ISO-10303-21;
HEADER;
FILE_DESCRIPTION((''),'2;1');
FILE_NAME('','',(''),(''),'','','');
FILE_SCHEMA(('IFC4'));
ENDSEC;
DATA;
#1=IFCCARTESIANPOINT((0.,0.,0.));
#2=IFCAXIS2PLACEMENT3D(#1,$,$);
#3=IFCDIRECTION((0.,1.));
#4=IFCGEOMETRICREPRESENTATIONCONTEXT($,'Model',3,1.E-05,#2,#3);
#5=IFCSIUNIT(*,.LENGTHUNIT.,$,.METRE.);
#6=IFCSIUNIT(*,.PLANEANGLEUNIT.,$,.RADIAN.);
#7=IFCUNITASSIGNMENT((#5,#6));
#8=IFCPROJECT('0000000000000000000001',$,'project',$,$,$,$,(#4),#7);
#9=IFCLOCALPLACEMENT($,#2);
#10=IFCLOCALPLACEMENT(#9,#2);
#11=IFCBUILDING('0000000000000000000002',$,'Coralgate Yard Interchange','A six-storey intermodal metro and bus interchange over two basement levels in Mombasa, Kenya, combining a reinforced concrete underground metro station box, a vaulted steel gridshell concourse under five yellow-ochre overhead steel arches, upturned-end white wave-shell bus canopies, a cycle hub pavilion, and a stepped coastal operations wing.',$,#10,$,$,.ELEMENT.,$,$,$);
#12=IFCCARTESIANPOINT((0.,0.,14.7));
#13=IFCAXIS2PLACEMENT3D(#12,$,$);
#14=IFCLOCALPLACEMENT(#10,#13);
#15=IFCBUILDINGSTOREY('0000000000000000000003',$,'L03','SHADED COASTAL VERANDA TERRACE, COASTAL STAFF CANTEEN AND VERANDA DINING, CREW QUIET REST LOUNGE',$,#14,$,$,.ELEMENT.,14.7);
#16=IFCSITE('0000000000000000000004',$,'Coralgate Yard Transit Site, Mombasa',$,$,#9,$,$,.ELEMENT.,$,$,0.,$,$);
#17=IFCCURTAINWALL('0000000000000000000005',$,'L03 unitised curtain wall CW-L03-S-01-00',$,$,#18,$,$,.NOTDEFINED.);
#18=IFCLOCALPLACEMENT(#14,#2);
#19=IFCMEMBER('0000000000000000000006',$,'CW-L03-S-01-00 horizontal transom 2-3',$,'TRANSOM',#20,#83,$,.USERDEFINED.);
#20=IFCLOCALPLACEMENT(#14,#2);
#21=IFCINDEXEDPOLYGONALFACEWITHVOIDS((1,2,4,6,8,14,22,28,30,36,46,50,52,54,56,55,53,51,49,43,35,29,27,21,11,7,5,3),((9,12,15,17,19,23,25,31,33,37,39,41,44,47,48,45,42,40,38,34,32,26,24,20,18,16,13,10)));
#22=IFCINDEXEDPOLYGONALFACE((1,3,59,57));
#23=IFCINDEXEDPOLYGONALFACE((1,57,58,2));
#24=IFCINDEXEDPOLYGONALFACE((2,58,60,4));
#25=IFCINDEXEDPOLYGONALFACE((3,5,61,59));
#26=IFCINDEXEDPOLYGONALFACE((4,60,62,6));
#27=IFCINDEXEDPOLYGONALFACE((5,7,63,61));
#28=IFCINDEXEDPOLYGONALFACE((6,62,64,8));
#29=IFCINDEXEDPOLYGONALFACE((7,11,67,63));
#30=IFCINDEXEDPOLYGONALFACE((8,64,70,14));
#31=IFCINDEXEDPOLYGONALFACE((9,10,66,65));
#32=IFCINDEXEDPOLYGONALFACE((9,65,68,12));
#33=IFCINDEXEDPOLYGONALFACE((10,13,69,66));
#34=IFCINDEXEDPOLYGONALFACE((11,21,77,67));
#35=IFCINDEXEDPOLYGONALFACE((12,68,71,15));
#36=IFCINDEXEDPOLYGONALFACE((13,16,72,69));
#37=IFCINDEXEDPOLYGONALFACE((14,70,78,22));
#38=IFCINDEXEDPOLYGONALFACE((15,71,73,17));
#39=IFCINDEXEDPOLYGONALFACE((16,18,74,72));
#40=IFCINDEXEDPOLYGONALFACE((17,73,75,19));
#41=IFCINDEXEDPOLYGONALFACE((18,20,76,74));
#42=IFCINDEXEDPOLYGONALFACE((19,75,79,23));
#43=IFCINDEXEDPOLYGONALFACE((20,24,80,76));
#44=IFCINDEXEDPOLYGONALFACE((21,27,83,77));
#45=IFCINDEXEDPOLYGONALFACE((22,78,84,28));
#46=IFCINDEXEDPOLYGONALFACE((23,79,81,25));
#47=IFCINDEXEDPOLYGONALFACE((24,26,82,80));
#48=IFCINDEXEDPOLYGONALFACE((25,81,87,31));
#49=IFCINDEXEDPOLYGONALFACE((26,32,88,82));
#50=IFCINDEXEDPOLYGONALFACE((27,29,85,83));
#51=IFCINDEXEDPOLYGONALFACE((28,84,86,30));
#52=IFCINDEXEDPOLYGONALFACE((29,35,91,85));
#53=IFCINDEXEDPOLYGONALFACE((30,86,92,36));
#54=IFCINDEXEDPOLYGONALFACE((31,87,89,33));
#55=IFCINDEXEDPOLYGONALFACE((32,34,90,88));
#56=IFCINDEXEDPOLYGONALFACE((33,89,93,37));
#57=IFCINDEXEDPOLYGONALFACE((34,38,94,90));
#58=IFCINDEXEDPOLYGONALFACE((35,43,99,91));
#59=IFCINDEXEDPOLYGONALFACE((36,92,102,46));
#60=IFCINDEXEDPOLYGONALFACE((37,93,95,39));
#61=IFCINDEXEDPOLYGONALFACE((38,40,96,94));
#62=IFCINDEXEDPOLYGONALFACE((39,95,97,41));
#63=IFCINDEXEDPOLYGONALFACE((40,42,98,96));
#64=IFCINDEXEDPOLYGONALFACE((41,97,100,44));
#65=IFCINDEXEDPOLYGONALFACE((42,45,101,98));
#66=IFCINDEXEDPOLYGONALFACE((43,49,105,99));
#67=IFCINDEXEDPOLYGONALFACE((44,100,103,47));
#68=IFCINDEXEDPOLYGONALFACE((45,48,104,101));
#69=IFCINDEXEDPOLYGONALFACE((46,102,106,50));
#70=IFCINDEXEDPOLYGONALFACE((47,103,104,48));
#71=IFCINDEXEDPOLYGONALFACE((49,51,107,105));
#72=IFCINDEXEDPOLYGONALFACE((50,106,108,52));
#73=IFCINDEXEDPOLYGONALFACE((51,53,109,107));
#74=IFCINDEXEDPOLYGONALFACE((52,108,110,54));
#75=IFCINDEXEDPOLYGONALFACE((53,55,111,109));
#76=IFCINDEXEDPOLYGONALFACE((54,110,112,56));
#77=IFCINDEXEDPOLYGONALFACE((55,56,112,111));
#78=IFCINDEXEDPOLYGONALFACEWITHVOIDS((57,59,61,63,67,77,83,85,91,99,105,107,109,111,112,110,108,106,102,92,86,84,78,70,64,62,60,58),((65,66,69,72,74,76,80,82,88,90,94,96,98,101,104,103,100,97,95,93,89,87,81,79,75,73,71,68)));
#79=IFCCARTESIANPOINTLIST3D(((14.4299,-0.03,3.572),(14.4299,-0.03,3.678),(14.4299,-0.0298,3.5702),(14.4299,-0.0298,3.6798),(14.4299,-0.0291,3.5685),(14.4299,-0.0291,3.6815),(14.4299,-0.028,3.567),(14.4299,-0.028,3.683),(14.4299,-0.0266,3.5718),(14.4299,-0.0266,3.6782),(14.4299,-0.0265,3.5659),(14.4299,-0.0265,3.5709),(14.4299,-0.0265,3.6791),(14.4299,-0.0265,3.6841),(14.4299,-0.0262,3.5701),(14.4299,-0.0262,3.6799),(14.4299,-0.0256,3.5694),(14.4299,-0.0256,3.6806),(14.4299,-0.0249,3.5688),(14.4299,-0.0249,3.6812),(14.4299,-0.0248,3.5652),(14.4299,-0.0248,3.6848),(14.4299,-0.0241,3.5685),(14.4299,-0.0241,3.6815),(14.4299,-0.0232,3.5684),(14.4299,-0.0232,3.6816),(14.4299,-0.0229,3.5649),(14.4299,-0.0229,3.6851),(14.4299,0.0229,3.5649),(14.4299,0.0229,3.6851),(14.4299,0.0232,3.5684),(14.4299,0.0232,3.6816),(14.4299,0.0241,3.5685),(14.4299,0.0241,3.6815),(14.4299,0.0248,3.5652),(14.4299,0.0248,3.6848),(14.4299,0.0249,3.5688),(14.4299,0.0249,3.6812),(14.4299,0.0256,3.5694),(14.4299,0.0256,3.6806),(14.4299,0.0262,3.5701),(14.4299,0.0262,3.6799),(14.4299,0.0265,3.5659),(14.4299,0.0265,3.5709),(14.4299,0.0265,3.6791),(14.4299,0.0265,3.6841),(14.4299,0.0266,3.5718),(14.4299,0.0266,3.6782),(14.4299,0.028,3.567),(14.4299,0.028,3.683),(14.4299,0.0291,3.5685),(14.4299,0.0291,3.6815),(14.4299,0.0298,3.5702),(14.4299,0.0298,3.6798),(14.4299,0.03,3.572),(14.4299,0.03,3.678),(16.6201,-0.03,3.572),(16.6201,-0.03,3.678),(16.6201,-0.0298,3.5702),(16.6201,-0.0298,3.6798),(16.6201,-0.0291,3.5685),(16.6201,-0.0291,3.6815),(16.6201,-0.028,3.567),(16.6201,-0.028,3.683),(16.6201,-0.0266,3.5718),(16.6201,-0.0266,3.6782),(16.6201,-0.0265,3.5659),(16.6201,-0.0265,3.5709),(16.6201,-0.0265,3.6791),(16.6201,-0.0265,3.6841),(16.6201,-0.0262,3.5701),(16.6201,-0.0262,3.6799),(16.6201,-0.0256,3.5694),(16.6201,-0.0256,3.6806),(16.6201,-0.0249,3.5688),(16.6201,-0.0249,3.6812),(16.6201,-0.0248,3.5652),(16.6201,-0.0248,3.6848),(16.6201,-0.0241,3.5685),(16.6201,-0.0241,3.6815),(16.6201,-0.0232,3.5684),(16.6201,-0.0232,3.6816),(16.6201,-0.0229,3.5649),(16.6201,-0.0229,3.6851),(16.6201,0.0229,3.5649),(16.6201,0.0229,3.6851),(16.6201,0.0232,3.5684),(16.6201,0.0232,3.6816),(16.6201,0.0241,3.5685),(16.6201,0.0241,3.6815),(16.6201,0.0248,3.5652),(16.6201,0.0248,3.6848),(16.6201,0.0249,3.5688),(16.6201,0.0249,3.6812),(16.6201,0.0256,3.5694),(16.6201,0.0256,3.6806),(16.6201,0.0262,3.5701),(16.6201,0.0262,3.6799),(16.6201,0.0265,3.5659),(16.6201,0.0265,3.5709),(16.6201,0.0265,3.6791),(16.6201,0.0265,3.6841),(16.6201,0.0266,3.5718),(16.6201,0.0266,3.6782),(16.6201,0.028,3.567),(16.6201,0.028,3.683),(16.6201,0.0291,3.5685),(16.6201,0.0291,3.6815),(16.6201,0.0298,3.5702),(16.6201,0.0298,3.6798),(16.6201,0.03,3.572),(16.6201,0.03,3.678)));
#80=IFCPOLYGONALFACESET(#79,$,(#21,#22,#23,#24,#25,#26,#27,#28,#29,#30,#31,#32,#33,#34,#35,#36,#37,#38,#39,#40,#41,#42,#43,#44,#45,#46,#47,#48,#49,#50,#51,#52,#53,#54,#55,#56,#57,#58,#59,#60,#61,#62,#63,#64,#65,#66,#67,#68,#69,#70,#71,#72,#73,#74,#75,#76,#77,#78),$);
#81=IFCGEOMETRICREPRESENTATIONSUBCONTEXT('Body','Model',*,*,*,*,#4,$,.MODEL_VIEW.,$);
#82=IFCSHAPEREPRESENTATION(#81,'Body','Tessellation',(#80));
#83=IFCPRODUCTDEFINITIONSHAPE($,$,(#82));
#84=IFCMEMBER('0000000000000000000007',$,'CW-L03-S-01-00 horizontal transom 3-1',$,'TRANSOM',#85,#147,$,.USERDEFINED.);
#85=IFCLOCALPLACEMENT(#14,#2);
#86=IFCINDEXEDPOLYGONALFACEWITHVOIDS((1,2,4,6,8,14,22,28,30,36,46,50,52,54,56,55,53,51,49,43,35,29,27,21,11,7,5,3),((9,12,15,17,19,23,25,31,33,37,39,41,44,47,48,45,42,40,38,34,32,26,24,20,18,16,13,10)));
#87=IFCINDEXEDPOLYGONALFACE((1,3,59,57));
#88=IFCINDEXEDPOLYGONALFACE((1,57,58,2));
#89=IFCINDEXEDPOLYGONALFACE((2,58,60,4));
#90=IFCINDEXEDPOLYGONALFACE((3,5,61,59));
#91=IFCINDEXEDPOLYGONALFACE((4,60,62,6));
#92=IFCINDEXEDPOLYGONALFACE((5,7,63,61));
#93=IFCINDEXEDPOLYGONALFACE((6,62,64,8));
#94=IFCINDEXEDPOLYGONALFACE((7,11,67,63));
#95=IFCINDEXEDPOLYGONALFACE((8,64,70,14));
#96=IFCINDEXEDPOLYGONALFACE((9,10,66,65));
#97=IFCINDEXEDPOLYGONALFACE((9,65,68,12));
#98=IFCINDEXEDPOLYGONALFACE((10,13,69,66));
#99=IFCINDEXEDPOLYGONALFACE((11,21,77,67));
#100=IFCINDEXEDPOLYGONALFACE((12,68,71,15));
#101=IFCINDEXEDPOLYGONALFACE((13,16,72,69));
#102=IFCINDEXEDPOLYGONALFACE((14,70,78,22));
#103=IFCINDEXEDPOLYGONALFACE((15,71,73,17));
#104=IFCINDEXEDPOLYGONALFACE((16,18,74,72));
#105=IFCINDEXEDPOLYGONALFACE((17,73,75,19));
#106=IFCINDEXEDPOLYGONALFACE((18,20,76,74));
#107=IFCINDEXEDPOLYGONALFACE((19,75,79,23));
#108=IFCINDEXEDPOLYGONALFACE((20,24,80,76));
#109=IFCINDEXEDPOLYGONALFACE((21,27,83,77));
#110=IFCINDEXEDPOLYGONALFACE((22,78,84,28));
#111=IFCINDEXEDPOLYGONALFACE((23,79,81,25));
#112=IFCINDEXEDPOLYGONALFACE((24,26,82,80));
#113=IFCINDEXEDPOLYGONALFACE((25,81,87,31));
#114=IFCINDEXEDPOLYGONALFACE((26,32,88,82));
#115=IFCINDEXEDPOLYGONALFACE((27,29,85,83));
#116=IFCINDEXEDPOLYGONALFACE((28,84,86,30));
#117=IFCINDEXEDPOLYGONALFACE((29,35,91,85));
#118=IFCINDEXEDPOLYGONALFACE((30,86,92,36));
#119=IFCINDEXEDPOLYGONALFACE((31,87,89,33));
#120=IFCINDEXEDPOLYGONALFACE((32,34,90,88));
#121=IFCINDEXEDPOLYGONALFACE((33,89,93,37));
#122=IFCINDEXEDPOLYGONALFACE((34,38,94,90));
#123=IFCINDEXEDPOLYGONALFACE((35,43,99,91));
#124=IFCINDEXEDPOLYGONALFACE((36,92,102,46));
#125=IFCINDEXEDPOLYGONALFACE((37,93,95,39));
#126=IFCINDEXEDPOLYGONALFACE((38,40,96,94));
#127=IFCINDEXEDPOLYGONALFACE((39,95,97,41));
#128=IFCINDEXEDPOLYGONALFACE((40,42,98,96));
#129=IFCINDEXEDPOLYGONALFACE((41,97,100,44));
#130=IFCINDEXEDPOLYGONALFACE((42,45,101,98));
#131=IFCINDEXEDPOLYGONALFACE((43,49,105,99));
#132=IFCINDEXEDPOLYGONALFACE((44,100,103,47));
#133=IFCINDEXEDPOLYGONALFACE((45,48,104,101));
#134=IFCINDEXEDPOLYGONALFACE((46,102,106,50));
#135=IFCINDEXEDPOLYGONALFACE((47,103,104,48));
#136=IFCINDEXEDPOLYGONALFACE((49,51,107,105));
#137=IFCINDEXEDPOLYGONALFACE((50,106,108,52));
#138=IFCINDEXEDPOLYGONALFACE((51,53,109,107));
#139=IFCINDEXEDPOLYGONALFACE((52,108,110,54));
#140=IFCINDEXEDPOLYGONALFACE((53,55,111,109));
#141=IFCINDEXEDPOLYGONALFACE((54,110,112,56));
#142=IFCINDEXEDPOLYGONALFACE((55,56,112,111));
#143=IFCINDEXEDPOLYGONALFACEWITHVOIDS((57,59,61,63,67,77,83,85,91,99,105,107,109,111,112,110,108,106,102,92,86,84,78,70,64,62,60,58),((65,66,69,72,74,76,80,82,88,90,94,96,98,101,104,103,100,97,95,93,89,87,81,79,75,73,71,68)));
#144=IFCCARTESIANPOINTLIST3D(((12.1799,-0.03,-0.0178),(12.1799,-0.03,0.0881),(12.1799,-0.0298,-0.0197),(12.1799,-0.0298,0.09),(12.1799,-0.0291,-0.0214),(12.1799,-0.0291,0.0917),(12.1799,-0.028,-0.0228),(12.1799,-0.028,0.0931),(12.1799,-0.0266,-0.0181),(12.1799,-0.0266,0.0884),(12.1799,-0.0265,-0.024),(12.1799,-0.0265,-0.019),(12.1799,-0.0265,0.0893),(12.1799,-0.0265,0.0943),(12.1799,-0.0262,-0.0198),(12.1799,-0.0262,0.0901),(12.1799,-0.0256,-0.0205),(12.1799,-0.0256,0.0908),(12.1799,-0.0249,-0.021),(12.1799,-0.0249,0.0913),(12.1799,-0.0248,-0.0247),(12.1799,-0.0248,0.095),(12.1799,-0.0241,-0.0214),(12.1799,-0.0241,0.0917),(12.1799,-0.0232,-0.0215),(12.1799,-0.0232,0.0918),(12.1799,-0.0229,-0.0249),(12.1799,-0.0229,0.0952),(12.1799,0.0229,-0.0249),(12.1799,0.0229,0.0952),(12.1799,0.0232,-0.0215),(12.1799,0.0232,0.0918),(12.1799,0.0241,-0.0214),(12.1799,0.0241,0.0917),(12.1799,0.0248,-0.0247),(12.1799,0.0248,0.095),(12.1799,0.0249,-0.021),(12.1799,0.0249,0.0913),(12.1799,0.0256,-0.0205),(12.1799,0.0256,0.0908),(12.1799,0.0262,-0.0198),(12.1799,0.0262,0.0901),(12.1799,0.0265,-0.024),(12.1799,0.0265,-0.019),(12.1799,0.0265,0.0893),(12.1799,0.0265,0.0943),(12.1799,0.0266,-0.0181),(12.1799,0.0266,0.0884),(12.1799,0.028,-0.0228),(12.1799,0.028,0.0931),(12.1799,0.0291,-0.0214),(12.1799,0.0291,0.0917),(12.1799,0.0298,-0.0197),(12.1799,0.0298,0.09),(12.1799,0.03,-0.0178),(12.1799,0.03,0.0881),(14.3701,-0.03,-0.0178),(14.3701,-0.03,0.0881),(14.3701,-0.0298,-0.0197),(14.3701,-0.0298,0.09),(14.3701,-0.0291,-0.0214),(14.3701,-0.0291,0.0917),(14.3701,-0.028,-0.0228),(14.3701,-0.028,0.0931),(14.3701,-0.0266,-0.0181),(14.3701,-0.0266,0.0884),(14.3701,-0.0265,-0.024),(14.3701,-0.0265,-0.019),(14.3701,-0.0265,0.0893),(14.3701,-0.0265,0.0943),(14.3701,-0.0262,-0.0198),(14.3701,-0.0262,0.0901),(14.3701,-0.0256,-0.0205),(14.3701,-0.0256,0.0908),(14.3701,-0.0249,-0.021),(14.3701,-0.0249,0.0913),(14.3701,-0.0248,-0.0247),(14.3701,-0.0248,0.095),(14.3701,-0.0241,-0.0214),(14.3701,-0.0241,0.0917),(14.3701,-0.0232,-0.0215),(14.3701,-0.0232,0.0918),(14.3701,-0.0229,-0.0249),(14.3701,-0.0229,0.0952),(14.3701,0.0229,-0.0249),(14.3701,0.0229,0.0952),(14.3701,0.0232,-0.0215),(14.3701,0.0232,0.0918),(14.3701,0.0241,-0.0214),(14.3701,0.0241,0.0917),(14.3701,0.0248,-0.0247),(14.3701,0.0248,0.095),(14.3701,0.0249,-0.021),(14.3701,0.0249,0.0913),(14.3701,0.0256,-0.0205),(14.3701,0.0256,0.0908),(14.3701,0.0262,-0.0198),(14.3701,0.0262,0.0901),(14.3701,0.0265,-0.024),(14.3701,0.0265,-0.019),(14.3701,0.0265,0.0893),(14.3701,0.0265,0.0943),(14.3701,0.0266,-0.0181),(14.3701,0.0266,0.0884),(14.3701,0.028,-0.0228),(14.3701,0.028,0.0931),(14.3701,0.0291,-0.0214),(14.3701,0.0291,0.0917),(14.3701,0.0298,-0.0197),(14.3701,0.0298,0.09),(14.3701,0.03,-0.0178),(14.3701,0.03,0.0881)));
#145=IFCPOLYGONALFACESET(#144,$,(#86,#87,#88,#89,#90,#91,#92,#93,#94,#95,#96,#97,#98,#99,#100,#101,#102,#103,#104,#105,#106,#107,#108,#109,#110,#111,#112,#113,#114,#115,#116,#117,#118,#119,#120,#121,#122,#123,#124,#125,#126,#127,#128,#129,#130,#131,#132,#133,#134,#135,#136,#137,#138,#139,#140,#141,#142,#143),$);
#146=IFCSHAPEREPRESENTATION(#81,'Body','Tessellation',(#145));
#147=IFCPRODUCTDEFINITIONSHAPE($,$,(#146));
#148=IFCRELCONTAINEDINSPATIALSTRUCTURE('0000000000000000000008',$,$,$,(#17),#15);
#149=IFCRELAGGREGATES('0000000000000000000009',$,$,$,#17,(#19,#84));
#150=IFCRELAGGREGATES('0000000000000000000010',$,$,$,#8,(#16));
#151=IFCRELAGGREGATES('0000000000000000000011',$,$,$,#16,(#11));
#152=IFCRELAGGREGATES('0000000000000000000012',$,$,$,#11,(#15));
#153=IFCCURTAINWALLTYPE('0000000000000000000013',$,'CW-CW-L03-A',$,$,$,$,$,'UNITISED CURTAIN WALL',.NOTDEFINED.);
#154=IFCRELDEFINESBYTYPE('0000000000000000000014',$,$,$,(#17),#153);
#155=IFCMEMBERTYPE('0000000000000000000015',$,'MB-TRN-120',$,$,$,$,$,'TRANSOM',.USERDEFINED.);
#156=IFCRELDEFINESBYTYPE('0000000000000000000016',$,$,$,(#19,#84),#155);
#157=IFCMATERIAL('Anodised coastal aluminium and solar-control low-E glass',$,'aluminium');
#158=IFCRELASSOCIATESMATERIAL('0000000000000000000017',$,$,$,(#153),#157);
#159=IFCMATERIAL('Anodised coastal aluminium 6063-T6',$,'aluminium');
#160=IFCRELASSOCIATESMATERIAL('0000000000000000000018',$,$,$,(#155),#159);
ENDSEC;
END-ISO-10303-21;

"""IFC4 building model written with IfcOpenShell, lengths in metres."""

from ifc_helpers import new_model, si_unit, direction, frame, origin, origin_2d, place, context, subcontext, project, spatial, hollow_rectangle, extrude, material, material_profile, profile_set, type_object, element, aggregate, save


model = new_model("IFC4")

# Units and contexts
model_context = context("Model", 3, precision=1e-05, world=origin(), true_north=direction((0.0, 1.0)))
body_context = subcontext(model_context, "Body", "Model", "MODEL_VIEW")
ifc_project = project(units=[si_unit("LENGTHUNIT", "METRE"), si_unit("PLANEANGLEUNIT", "RADIAN")], contexts=[model_context])

# Site, building, storey
site_placement = place(None, origin())
site = spatial("IfcSite", under=ifc_project, at=site_placement, Name="Coralgate Yard Transit Site, Mombasa", CompositionType="ELEMENT", RefElevation=0.0)
building_placement = place(site_placement, origin())
building = spatial("IfcBuilding", under=site, at=building_placement, Name="Coralgate Yard Interchange", Description="A six-storey intermodal metro and bus interchange over two basement levels in Mombasa, Kenya, combining a reinforced concrete underground metro station box, a vaulted steel gridshell concourse under five yellow-ochre overhead steel arches, upturned-end white wave-shell bus canopies, a cycle hub pavilion, and a stepped coastal operations wing.", CompositionType="ELEMENT")
storey_placement = place(building_placement, frame((0.0, 0.0, 14.7)))
storey = spatial("IfcBuildingStorey", under=building, at=storey_placement, Name="L03", Description="SHADED COASTAL VERANDA TERRACE, COASTAL STAFF CANTEEN AND VERANDA DINING, CREW QUIET REST LOUNGE", CompositionType="ELEMENT", Elevation=14.7)

# Curtain wall, members
ifc_material_1 = material(Name="Anodised coastal aluminium and solar-control low-E glass", Category="aluminium")
curtain_wall_type = type_object("IfcCurtainWallType", Name="CW-CW-L03-A", ElementType="UNITISED CURTAIN WALL", PredefinedType="NOTDEFINED", material=ifc_material_1)
curtain_wall_placement = place(storey_placement, origin())
curtain_wall = element("IfcCurtainWall", 1, at=curtain_wall_placement, inside=storey, type_object=curtain_wall_type, Name="L03 unitised curtain wall CW-L03-S-01-00", PredefinedType="NOTDEFINED")
ifc_material_2 = material(Name="Anodised coastal aluminium 6063-T6", Category="aluminium")
ifc_material_profile_1 = material_profile(ifc_material_2, hollow_rectangle(XDim=0.0601, YDim=0.1201, WallThickness=0.0034, InnerFilletRadius=0.0034, OuterFilletRadius=0.0071, at=origin_2d()), Name="ALU 60x120x3.5")
ifc_profile_set_1 = profile_set([ifc_material_profile_1], Name="Anodised coastal aluminium 6063-T6")
member_type_1 = type_object("IfcMemberType", Name="MB-TRN-120", ElementType="TRANSOM", PredefinedType="USERDEFINED", material=ifc_profile_set_1)
member_1_placement = place(storey_placement, frame((16.6201, 0.0, 3.625), z_axis=(-1.0, 0.0, 0.0), x_axis=(0.0, -1.0, 0.0)))
member_1 = element("IfcMember", 2, at=member_1_placement, type_object=member_type_1, Name="CW-L03-S-01-00 horizontal transom 2-3", ObjectType="TRANSOM", PredefinedType="USERDEFINED", context=body_context, shape_type="SweptSolid", body=[
    extrude(hollow_rectangle(XDim=0.0601, YDim=0.1201, WallThickness=0.0034, InnerFilletRadius=0.0034, OuterFilletRadius=0.0071, at=origin_2d()), origin(), (0.0, 0.0, 1.0), 2.1902),
])
member_2_placement = place(storey_placement, frame((14.3701, 0.0, 0.0352), z_axis=(-1.0, 0.0, 0.0), x_axis=(0.0, -1.0, 0.0)))
member_2 = element("IfcMember", 3, at=member_2_placement, type_object=member_type_1, Name="CW-L03-S-01-00 horizontal transom 3-1", ObjectType="TRANSOM", PredefinedType="USERDEFINED", context=body_context, shape_type="SweptSolid", body=[
    extrude(hollow_rectangle(XDim=0.0601, YDim=0.1201, WallThickness=0.0034, InnerFilletRadius=0.0034, OuterFilletRadius=0.0071, at=origin_2d()), origin(), (0.0, 0.0, 1.0), 2.1902),
])
aggregate(curtain_wall, [member_1, member_2])

save(model, "model.ifc")
